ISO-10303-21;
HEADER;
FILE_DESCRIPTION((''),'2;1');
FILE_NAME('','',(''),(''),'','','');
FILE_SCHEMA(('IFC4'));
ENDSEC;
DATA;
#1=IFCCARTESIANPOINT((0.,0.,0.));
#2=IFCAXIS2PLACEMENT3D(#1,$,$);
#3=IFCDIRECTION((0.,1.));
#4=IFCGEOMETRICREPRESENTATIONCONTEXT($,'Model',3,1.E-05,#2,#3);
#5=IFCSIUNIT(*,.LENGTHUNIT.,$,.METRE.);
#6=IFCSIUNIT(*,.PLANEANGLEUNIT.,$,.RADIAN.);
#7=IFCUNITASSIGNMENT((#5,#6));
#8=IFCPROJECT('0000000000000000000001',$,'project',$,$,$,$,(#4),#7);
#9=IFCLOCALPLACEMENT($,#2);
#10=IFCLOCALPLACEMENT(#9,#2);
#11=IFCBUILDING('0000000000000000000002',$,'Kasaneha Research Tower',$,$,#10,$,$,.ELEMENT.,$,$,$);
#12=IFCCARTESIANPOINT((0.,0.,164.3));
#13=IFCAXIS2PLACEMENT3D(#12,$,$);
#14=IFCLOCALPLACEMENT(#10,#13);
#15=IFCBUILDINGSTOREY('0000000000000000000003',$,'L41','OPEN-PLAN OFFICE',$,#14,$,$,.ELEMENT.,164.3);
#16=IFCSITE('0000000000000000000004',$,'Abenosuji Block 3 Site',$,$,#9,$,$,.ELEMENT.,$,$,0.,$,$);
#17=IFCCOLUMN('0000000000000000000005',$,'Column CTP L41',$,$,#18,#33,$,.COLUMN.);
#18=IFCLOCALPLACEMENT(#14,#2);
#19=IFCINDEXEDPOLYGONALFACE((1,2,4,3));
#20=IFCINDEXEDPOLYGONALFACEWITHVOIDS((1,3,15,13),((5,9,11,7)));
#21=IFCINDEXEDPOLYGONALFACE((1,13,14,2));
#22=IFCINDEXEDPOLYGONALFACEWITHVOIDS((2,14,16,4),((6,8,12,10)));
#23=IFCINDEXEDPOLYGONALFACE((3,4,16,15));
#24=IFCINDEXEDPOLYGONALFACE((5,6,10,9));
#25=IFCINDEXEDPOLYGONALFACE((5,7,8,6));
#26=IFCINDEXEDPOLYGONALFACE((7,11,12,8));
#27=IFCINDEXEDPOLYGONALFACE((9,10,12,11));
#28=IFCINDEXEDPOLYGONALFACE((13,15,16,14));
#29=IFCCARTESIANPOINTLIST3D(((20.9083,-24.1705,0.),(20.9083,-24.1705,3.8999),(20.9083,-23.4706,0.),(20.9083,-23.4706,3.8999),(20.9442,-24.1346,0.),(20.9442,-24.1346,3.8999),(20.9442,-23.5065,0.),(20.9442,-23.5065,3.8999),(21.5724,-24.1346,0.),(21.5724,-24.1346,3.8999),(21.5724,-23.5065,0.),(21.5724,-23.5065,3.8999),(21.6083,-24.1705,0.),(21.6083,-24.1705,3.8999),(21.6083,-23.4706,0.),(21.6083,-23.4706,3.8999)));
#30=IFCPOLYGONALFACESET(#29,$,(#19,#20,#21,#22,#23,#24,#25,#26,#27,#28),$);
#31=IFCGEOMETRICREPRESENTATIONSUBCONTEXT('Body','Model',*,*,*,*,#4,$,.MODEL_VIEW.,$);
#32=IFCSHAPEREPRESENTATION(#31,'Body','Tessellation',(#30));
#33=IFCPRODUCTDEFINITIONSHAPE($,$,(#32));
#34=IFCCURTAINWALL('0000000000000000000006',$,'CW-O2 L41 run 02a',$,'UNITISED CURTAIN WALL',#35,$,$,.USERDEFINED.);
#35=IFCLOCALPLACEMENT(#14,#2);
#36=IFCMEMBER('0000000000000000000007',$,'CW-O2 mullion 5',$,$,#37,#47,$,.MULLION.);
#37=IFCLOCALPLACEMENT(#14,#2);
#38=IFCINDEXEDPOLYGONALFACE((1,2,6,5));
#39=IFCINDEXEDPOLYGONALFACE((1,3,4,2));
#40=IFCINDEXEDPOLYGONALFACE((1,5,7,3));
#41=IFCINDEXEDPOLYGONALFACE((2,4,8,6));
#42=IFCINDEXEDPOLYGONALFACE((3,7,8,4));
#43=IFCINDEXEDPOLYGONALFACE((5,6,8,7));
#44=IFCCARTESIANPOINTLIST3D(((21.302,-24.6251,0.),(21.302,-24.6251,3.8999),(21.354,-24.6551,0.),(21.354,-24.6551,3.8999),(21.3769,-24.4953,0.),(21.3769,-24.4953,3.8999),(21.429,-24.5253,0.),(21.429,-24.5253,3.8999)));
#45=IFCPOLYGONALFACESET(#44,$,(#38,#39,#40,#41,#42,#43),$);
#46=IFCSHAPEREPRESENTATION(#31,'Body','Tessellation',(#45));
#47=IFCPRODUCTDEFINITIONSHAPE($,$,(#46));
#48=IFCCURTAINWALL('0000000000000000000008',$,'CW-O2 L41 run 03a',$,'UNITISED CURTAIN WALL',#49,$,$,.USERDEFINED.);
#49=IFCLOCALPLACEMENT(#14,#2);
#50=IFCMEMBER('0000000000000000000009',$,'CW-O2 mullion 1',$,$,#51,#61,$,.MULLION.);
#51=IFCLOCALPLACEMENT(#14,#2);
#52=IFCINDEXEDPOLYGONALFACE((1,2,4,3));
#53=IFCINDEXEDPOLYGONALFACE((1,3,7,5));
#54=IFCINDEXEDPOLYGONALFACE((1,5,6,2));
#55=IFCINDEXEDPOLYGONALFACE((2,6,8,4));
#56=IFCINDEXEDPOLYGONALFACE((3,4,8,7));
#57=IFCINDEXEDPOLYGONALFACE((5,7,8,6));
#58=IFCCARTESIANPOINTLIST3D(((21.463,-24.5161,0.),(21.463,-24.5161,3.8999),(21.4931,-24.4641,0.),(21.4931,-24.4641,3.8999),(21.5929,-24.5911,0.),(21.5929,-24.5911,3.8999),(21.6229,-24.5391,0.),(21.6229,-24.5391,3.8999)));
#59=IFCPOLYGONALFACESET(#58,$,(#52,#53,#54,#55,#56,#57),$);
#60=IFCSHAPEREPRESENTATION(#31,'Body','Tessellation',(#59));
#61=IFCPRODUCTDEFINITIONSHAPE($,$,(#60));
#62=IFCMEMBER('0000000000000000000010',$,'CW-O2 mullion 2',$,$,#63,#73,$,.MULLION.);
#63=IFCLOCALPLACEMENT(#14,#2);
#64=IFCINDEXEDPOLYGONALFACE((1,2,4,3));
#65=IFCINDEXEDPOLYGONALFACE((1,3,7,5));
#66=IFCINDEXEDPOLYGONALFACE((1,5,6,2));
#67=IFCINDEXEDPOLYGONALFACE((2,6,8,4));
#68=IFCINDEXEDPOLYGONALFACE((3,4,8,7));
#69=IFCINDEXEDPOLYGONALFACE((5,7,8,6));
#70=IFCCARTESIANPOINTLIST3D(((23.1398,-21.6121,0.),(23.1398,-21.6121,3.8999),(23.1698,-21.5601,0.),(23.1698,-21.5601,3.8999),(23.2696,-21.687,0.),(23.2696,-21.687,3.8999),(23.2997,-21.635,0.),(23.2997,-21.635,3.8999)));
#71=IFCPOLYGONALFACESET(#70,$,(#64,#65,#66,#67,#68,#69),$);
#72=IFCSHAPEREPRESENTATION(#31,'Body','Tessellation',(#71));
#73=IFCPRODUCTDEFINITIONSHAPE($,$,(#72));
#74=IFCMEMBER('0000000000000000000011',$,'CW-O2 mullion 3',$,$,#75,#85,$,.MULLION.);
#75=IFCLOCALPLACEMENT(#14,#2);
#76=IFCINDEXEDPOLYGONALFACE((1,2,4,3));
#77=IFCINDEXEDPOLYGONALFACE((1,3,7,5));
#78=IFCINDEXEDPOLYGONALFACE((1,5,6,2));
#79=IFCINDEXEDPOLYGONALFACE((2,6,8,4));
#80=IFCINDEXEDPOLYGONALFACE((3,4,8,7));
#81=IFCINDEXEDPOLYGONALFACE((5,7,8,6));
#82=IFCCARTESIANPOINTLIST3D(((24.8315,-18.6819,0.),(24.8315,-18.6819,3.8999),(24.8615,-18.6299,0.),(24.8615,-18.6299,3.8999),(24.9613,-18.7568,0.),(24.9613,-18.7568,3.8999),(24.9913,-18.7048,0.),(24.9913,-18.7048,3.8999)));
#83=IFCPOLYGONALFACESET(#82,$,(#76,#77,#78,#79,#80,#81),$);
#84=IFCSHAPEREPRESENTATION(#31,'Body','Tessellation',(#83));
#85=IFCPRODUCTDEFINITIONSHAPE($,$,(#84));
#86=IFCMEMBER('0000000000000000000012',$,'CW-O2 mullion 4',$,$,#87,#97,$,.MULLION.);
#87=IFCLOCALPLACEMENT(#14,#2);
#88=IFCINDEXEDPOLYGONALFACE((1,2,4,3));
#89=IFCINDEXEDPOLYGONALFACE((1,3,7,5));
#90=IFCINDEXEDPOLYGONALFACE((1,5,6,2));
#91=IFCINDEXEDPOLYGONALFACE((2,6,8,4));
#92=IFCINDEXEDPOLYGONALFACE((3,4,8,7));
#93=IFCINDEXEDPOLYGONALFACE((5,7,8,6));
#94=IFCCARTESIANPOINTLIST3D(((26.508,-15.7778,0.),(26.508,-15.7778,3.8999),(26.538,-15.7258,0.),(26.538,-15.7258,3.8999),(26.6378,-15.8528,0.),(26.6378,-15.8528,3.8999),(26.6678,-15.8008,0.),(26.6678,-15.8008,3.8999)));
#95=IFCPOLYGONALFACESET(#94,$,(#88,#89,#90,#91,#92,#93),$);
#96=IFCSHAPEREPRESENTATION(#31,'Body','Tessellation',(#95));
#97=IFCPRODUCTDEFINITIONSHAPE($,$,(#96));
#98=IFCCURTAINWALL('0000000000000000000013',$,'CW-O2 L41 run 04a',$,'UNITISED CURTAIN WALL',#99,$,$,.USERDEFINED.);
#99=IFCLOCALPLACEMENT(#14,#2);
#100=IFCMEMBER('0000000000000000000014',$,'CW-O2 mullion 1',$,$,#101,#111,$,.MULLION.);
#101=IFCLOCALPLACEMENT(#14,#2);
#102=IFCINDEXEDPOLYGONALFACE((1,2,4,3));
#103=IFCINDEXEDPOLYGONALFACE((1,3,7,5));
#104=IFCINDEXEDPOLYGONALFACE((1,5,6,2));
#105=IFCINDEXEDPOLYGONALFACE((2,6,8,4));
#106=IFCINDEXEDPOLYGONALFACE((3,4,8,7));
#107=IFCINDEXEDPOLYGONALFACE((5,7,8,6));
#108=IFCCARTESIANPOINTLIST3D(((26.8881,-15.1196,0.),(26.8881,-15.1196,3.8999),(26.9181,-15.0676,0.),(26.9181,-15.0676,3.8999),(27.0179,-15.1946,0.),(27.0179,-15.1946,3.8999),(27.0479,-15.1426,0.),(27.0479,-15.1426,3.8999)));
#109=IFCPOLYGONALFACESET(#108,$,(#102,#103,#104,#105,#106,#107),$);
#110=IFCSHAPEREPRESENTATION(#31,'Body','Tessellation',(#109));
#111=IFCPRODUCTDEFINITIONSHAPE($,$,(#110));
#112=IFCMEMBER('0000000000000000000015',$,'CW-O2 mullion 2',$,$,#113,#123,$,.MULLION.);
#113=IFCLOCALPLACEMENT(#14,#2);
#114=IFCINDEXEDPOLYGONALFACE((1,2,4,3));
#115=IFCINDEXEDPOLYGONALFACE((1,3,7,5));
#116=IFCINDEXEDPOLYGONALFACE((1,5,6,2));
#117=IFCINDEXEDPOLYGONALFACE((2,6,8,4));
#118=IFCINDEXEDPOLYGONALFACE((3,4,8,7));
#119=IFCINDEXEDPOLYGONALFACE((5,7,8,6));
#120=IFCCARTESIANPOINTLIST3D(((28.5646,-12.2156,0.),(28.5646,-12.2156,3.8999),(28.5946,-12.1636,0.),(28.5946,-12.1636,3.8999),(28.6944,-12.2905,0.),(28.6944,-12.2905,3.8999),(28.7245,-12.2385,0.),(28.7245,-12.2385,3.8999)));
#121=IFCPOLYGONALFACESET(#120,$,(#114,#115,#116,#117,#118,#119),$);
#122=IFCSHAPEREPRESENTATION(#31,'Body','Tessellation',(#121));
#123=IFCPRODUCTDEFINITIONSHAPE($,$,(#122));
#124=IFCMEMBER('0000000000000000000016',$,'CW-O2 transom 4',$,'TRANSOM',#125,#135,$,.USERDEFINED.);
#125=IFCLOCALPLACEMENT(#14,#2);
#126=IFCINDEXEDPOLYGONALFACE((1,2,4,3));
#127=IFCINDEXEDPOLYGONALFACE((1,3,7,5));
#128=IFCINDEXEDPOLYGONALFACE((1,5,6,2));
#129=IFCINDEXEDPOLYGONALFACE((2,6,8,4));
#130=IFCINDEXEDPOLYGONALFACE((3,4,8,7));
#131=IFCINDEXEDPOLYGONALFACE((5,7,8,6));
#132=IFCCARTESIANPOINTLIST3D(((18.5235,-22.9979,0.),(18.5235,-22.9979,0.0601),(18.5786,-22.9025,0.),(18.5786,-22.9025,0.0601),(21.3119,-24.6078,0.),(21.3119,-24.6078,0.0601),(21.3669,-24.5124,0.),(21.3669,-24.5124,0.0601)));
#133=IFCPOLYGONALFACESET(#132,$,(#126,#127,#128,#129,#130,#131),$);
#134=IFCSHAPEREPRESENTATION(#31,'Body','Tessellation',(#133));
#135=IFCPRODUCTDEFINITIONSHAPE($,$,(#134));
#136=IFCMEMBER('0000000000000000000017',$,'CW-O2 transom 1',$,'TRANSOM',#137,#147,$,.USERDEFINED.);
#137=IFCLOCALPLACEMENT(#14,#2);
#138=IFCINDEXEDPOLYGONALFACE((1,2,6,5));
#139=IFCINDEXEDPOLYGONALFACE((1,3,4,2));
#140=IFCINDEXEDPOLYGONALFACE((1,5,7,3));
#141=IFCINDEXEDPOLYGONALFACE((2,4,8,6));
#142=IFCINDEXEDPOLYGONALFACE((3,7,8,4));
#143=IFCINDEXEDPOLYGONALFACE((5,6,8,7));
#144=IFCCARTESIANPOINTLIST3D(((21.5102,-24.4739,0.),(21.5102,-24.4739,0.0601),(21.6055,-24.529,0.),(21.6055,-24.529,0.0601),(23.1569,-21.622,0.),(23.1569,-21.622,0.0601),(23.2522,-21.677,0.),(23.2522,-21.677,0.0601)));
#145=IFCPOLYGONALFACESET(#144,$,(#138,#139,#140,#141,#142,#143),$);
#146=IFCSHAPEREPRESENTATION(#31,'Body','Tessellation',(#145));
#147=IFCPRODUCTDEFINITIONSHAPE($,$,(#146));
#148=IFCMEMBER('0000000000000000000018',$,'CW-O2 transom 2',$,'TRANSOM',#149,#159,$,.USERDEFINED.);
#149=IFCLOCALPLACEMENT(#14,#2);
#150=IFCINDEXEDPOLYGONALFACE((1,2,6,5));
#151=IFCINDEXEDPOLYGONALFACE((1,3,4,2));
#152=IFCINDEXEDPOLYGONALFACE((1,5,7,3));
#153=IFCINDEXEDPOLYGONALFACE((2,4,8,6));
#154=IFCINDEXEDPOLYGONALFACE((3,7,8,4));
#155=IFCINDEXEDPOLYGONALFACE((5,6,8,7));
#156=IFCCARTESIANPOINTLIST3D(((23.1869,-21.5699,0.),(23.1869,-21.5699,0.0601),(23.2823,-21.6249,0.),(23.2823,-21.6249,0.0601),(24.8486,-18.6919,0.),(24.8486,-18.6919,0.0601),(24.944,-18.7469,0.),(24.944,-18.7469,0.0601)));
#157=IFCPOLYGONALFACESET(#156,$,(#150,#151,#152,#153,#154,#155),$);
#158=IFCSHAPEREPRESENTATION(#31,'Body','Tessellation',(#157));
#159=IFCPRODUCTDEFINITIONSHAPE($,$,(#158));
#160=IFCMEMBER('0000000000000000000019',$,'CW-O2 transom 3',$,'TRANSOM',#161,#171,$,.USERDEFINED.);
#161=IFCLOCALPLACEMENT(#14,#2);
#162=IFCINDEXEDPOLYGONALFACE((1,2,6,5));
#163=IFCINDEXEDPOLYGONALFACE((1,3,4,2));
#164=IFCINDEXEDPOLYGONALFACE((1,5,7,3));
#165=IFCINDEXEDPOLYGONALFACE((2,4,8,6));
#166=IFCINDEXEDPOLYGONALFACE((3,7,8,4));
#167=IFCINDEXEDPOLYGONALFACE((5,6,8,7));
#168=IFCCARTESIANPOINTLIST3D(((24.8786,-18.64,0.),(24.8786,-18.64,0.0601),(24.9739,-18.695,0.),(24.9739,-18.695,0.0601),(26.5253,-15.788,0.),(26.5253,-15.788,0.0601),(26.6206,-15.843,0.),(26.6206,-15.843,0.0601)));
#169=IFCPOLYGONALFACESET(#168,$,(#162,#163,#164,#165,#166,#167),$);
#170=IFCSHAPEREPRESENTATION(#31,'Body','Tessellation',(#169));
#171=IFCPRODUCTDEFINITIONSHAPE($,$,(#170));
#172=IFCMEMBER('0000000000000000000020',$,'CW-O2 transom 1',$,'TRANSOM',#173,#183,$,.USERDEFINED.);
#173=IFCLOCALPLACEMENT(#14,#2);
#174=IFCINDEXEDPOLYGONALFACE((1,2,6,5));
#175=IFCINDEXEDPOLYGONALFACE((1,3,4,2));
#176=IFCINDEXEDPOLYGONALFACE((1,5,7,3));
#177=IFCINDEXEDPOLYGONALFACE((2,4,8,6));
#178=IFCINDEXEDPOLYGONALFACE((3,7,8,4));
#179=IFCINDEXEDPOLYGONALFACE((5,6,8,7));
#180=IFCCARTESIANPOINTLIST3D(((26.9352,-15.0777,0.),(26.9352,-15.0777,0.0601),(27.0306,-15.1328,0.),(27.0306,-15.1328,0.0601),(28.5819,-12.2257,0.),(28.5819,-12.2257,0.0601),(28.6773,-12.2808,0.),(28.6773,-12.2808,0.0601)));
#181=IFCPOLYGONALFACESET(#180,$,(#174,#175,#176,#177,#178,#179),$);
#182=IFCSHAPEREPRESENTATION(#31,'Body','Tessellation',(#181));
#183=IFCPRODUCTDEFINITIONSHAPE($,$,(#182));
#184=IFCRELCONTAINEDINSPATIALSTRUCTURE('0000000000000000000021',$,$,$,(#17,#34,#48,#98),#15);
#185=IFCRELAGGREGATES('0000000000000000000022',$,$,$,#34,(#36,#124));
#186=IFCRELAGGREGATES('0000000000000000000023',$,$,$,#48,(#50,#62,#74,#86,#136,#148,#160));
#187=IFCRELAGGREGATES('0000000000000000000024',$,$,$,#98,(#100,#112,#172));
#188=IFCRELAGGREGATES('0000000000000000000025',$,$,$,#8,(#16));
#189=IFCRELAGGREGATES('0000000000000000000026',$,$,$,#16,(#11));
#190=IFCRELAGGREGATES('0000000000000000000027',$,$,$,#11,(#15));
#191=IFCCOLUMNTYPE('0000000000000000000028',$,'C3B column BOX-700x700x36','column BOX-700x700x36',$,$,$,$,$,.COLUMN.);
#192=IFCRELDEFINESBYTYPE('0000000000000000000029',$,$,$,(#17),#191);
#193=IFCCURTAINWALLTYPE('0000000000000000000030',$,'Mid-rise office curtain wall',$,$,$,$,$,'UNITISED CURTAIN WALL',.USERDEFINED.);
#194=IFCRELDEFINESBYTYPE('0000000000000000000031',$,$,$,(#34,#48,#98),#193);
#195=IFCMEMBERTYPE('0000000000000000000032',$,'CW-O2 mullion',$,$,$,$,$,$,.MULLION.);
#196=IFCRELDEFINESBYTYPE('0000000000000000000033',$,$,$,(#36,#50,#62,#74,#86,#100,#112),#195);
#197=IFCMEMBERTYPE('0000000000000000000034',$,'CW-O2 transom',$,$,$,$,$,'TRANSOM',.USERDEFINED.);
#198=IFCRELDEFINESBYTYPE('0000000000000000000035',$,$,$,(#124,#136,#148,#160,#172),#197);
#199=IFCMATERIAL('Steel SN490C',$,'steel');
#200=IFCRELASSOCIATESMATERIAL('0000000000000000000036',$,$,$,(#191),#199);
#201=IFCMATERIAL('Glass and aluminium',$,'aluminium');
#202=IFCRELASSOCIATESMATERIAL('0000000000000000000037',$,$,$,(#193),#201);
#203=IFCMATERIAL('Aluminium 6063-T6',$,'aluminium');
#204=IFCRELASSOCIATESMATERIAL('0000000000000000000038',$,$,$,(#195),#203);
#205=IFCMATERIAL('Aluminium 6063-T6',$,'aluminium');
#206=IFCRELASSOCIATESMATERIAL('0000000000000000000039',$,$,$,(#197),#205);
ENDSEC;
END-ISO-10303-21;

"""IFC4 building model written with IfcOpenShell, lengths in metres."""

from ifc_helpers import new_model, si_unit, direction, frame, origin, origin_2d, place, context, subcontext, project, spatial, rectangle, hollow_rectangle, extrude, material, material_profile, profile_set, type_object, element, aggregate, save


model = new_model("IFC4")

# Units and contexts
model_context = context("Model", 3, precision=1e-05, world=origin(), true_north=direction((0.0, 1.0)))
body_context = subcontext(model_context, "Body", "Model", "MODEL_VIEW")
ifc_project = project(units=[si_unit("LENGTHUNIT", "METRE"), si_unit("PLANEANGLEUNIT", "RADIAN")], contexts=[model_context])

# Site, building, storey
site_placement = place(None, origin())
site = spatial("IfcSite", under=ifc_project, at=site_placement, Name="Abenosuji Block 3 Site", CompositionType="ELEMENT", RefElevation=0.0)
building_placement = place(site_placement, origin())
building = spatial("IfcBuilding", under=site, at=building_placement, Name="Kasaneha Research Tower", CompositionType="ELEMENT")
storey_placement = place(building_placement, frame((0.0, 0.0, 164.3)))
storey = spatial("IfcBuildingStorey", under=building, at=storey_placement, Name="L41", Description="OPEN-PLAN OFFICE", CompositionType="ELEMENT", Elevation=164.3)

# Column
ifc_material_1 = material(Name="Steel SN490C", Category="steel")
ifc_material_profile_1 = material_profile(ifc_material_1, hollow_rectangle(XDim=0.7, YDim=0.7, WallThickness=0.0359, at=origin_2d()), Name="BOX-700x700x36")
ifc_profile_set_1 = profile_set([ifc_material_profile_1], Name="Steel SN490C")
column_type = type_object("IfcColumnType", Name="C3B column BOX-700x700x36", Description="column BOX-700x700x36", PredefinedType="COLUMN", material=ifc_profile_set_1)
column_placement = place(storey_placement, frame((21.2583, -23.8206, 0.0), z_axis=(0.0, 0.0, 1.0), x_axis=(1.0, 0.0, 0.0)))
element("IfcColumn", 1, at=column_placement, inside=storey, type_object=column_type, Name="Column CTP L41", PredefinedType="COLUMN", context=body_context, shape_type="SweptSolid", body=[
    extrude(hollow_rectangle(XDim=0.7, YDim=0.7, WallThickness=0.0359, at=origin_2d()), origin(), (0.0, 0.0, 1.0), 3.8999),
])

# Curtain wall, member
ifc_material_2 = material(Name="Glass and aluminium", Category="aluminium")
curtain_wall_type = type_object("IfcCurtainWallType", Name="Mid-rise office curtain wall", ElementType="UNITISED CURTAIN WALL", PredefinedType="USERDEFINED", material=ifc_material_2)
curtain_wall_1_placement = place(storey_placement, origin())
curtain_wall_1 = element("IfcCurtainWall", 2, at=curtain_wall_1_placement, inside=storey, type_object=curtain_wall_type, Name="CW-O2 L41 run 02a", ObjectType="UNITISED CURTAIN WALL", PredefinedType="USERDEFINED")
ifc_material_3 = material(Name="Aluminium 6063-T6", Category="aluminium")
ifc_material_profile_2 = material_profile(ifc_material_3, rectangle(XDim=0.0601, YDim=0.1499, at=origin_2d()), Name="CW-O2 mullion 60x150")
ifc_profile_set_2 = profile_set([ifc_material_profile_2], Name="Aluminium 6063-T6")
member_type_1 = type_object("IfcMemberType", Name="CW-O2 mullion", PredefinedType="MULLION", material=ifc_profile_set_2)
member_1_placement = place(storey_placement, frame((21.3655, -24.5752, 0.0), z_axis=(0.0, 0.0, 1.0), x_axis=(0.866025, -0.5, 0.0)))
member_1 = element("IfcMember", 3, at=member_1_placement, type_object=member_type_1, Name="CW-O2 mullion 5", PredefinedType="MULLION", context=body_context, shape_type="SweptSolid", body=[
    extrude(rectangle(XDim=0.0601, YDim=0.1499, at=origin_2d()), origin(), (0.0, 0.0, 1.0), 3.8999),
])

# Curtain walls, members
curtain_wall_2_placement = place(storey_placement, origin())
curtain_wall_2 = element("IfcCurtainWall", 4, at=curtain_wall_2_placement, inside=storey, type_object=curtain_wall_type, Name="CW-O2 L41 run 03a", ObjectType="UNITISED CURTAIN WALL", PredefinedType="USERDEFINED")
member_2_placement = place(storey_placement, frame((21.543, -24.5276, 0.0), z_axis=(0.0, 0.0, 1.0), x_axis=(0.5, 0.866025, 0.0)))
member_2 = element("IfcMember", 5, at=member_2_placement, type_object=member_type_1, Name="CW-O2 mullion 1", PredefinedType="MULLION", context=body_context, shape_type="SweptSolid", body=[
    extrude(rectangle(XDim=0.0601, YDim=0.1499, at=origin_2d()), origin(), (0.0, 0.0, 1.0), 3.8999),
])
member_3_placement = place(storey_placement, frame((23.2197, -21.6235, 0.0), z_axis=(0.0, 0.0, 1.0), x_axis=(0.5, 0.866025, 0.0)))
member_3 = element("IfcMember", 6, at=member_3_placement, type_object=member_type_1, Name="CW-O2 mullion 2", PredefinedType="MULLION", context=body_context, shape_type="SweptSolid", body=[
    extrude(rectangle(XDim=0.0601, YDim=0.1499, at=origin_2d()), origin(), (0.0, 0.0, 1.0), 3.8999),
])
member_4_placement = place(storey_placement, frame((24.9114, -18.6934, 0.0), z_axis=(0.0, 0.0, 1.0), x_axis=(0.5, 0.866025, 0.0)))
member_4 = element("IfcMember", 7, at=member_4_placement, type_object=member_type_1, Name="CW-O2 mullion 3", PredefinedType="MULLION", context=body_context, shape_type="SweptSolid", body=[
    extrude(rectangle(XDim=0.0601, YDim=0.1499, at=origin_2d()), origin(), (0.0, 0.0, 1.0), 3.8999),
])
member_5_placement = place(storey_placement, frame((26.5879, -15.7893, 0.0), z_axis=(0.0, 0.0, 1.0), x_axis=(0.5, 0.866025, 0.0)))
member_5 = element("IfcMember", 8, at=member_5_placement, type_object=member_type_1, Name="CW-O2 mullion 4", PredefinedType="MULLION", context=body_context, shape_type="SweptSolid", body=[
    extrude(rectangle(XDim=0.0601, YDim=0.1499, at=origin_2d()), origin(), (0.0, 0.0, 1.0), 3.8999),
])
curtain_wall_3_placement = place(storey_placement, origin())
curtain_wall_3 = element("IfcCurtainWall", 9, at=curtain_wall_3_placement, inside=storey, type_object=curtain_wall_type, Name="CW-O2 L41 run 04a", ObjectType="UNITISED CURTAIN WALL", PredefinedType="USERDEFINED")
member_6_placement = place(storey_placement, frame((26.968, -15.1311, 0.0), z_axis=(0.0, 0.0, 1.0), x_axis=(0.5, 0.866025, 0.0)))
member_6 = element("IfcMember", 10, at=member_6_placement, type_object=member_type_1, Name="CW-O2 mullion 1", PredefinedType="MULLION", context=body_context, shape_type="SweptSolid", body=[
    extrude(rectangle(XDim=0.0601, YDim=0.1499, at=origin_2d()), origin(), (0.0, 0.0, 1.0), 3.8999),
])
member_7_placement = place(storey_placement, frame((28.6445, -12.2271, 0.0), z_axis=(0.0, 0.0, 1.0), x_axis=(0.5, 0.866025, 0.0)))
member_7 = element("IfcMember", 11, at=member_7_placement, type_object=member_type_1, Name="CW-O2 mullion 2", PredefinedType="MULLION", context=body_context, shape_type="SweptSolid", body=[
    extrude(rectangle(XDim=0.0601, YDim=0.1499, at=origin_2d()), origin(), (0.0, 0.0, 1.0), 3.8999),
])

# Members
ifc_material_4 = material(Name="Aluminium 6063-T6", Category="aluminium")
ifc_material_profile_3 = material_profile(ifc_material_4, rectangle(XDim=0.1101, YDim=0.0601, at=origin_2d()), Name="CW-O2 transom 110x60")
ifc_profile_set_3 = profile_set([ifc_material_profile_3], Name="Aluminium 6063-T6")
member_type_2 = type_object("IfcMemberType", Name="CW-O2 transom", ElementType="TRANSOM", PredefinedType="USERDEFINED", material=ifc_profile_set_3)
member_8_placement = place(storey_placement, frame((18.551, -22.9502, 0.03), z_axis=(0.866023, -0.500005, 0.0), x_axis=(0.500005, 0.866023, 0.0)))
member_8 = element("IfcMember", 12, at=member_8_placement, type_object=member_type_2, Name="CW-O2 transom 4", ObjectType="TRANSOM", PredefinedType="USERDEFINED", context=body_context, shape_type="SweptSolid", body=[
    extrude(rectangle(XDim=0.1101, YDim=0.0601, at=origin_2d()), origin(), (0.0, 0.0, 1.0), 3.2197),
])
member_9_placement = place(storey_placement, frame((21.5579, -24.5015, 0.03), z_axis=(0.500022, 0.866013, 0.0), x_axis=(-0.866013, 0.500022, 0.0)))
member_9 = element("IfcMember", 13, at=member_9_placement, type_object=member_type_2, Name="CW-O2 transom 1", ObjectType="TRANSOM", PredefinedType="USERDEFINED", context=body_context, shape_type="SweptSolid", body=[
    extrude(rectangle(XDim=0.1101, YDim=0.0601, at=origin_2d()), origin(), (0.0, 0.0, 1.0), 3.2932),
])
member_10_placement = place(storey_placement, frame((23.2346, -21.5974, 0.03), z_axis=(0.500011, 0.866019, 0.0), x_axis=(-0.866019, 0.500011, 0.0)))
member_10 = element("IfcMember", 14, at=member_10_placement, type_object=member_type_2, Name="CW-O2 transom 2", ObjectType="TRANSOM", PredefinedType="USERDEFINED", context=body_context, shape_type="SweptSolid", body=[
    extrude(rectangle(XDim=0.1101, YDim=0.0601, at=origin_2d()), origin(), (0.0, 0.0, 1.0), 3.3232),
])
member_11_placement = place(storey_placement, frame((24.9263, -18.6675, 0.03), z_axis=(0.500022, 0.866013, 0.0), x_axis=(-0.866013, 0.500022, 0.0)))
member_11 = element("IfcMember", 15, at=member_11_placement, type_object=member_type_2, Name="CW-O2 transom 3", ObjectType="TRANSOM", PredefinedType="USERDEFINED", context=body_context, shape_type="SweptSolid", body=[
    extrude(rectangle(XDim=0.1101, YDim=0.0601, at=origin_2d()), origin(), (0.0, 0.0, 1.0), 3.2932),
])
member_12_placement = place(storey_placement, frame((26.9829, -15.1052, 0.03), z_axis=(0.500022, 0.866013, 0.0), x_axis=(-0.866013, 0.500022, 0.0)))
member_12 = element("IfcMember", 16, at=member_12_placement, type_object=member_type_2, Name="CW-O2 transom 1", ObjectType="TRANSOM", PredefinedType="USERDEFINED", context=body_context, shape_type="SweptSolid", body=[
    extrude(rectangle(XDim=0.1101, YDim=0.0601, at=origin_2d()), origin(), (0.0, 0.0, 1.0), 3.2932),
])

aggregate(curtain_wall_1, [member_1, member_8])
aggregate(curtain_wall_2, [member_2, member_3, member_4, member_5, member_9, member_10, member_11])
aggregate(curtain_wall_3, [member_6, member_7, member_12])

save(model, "model.ifc")
